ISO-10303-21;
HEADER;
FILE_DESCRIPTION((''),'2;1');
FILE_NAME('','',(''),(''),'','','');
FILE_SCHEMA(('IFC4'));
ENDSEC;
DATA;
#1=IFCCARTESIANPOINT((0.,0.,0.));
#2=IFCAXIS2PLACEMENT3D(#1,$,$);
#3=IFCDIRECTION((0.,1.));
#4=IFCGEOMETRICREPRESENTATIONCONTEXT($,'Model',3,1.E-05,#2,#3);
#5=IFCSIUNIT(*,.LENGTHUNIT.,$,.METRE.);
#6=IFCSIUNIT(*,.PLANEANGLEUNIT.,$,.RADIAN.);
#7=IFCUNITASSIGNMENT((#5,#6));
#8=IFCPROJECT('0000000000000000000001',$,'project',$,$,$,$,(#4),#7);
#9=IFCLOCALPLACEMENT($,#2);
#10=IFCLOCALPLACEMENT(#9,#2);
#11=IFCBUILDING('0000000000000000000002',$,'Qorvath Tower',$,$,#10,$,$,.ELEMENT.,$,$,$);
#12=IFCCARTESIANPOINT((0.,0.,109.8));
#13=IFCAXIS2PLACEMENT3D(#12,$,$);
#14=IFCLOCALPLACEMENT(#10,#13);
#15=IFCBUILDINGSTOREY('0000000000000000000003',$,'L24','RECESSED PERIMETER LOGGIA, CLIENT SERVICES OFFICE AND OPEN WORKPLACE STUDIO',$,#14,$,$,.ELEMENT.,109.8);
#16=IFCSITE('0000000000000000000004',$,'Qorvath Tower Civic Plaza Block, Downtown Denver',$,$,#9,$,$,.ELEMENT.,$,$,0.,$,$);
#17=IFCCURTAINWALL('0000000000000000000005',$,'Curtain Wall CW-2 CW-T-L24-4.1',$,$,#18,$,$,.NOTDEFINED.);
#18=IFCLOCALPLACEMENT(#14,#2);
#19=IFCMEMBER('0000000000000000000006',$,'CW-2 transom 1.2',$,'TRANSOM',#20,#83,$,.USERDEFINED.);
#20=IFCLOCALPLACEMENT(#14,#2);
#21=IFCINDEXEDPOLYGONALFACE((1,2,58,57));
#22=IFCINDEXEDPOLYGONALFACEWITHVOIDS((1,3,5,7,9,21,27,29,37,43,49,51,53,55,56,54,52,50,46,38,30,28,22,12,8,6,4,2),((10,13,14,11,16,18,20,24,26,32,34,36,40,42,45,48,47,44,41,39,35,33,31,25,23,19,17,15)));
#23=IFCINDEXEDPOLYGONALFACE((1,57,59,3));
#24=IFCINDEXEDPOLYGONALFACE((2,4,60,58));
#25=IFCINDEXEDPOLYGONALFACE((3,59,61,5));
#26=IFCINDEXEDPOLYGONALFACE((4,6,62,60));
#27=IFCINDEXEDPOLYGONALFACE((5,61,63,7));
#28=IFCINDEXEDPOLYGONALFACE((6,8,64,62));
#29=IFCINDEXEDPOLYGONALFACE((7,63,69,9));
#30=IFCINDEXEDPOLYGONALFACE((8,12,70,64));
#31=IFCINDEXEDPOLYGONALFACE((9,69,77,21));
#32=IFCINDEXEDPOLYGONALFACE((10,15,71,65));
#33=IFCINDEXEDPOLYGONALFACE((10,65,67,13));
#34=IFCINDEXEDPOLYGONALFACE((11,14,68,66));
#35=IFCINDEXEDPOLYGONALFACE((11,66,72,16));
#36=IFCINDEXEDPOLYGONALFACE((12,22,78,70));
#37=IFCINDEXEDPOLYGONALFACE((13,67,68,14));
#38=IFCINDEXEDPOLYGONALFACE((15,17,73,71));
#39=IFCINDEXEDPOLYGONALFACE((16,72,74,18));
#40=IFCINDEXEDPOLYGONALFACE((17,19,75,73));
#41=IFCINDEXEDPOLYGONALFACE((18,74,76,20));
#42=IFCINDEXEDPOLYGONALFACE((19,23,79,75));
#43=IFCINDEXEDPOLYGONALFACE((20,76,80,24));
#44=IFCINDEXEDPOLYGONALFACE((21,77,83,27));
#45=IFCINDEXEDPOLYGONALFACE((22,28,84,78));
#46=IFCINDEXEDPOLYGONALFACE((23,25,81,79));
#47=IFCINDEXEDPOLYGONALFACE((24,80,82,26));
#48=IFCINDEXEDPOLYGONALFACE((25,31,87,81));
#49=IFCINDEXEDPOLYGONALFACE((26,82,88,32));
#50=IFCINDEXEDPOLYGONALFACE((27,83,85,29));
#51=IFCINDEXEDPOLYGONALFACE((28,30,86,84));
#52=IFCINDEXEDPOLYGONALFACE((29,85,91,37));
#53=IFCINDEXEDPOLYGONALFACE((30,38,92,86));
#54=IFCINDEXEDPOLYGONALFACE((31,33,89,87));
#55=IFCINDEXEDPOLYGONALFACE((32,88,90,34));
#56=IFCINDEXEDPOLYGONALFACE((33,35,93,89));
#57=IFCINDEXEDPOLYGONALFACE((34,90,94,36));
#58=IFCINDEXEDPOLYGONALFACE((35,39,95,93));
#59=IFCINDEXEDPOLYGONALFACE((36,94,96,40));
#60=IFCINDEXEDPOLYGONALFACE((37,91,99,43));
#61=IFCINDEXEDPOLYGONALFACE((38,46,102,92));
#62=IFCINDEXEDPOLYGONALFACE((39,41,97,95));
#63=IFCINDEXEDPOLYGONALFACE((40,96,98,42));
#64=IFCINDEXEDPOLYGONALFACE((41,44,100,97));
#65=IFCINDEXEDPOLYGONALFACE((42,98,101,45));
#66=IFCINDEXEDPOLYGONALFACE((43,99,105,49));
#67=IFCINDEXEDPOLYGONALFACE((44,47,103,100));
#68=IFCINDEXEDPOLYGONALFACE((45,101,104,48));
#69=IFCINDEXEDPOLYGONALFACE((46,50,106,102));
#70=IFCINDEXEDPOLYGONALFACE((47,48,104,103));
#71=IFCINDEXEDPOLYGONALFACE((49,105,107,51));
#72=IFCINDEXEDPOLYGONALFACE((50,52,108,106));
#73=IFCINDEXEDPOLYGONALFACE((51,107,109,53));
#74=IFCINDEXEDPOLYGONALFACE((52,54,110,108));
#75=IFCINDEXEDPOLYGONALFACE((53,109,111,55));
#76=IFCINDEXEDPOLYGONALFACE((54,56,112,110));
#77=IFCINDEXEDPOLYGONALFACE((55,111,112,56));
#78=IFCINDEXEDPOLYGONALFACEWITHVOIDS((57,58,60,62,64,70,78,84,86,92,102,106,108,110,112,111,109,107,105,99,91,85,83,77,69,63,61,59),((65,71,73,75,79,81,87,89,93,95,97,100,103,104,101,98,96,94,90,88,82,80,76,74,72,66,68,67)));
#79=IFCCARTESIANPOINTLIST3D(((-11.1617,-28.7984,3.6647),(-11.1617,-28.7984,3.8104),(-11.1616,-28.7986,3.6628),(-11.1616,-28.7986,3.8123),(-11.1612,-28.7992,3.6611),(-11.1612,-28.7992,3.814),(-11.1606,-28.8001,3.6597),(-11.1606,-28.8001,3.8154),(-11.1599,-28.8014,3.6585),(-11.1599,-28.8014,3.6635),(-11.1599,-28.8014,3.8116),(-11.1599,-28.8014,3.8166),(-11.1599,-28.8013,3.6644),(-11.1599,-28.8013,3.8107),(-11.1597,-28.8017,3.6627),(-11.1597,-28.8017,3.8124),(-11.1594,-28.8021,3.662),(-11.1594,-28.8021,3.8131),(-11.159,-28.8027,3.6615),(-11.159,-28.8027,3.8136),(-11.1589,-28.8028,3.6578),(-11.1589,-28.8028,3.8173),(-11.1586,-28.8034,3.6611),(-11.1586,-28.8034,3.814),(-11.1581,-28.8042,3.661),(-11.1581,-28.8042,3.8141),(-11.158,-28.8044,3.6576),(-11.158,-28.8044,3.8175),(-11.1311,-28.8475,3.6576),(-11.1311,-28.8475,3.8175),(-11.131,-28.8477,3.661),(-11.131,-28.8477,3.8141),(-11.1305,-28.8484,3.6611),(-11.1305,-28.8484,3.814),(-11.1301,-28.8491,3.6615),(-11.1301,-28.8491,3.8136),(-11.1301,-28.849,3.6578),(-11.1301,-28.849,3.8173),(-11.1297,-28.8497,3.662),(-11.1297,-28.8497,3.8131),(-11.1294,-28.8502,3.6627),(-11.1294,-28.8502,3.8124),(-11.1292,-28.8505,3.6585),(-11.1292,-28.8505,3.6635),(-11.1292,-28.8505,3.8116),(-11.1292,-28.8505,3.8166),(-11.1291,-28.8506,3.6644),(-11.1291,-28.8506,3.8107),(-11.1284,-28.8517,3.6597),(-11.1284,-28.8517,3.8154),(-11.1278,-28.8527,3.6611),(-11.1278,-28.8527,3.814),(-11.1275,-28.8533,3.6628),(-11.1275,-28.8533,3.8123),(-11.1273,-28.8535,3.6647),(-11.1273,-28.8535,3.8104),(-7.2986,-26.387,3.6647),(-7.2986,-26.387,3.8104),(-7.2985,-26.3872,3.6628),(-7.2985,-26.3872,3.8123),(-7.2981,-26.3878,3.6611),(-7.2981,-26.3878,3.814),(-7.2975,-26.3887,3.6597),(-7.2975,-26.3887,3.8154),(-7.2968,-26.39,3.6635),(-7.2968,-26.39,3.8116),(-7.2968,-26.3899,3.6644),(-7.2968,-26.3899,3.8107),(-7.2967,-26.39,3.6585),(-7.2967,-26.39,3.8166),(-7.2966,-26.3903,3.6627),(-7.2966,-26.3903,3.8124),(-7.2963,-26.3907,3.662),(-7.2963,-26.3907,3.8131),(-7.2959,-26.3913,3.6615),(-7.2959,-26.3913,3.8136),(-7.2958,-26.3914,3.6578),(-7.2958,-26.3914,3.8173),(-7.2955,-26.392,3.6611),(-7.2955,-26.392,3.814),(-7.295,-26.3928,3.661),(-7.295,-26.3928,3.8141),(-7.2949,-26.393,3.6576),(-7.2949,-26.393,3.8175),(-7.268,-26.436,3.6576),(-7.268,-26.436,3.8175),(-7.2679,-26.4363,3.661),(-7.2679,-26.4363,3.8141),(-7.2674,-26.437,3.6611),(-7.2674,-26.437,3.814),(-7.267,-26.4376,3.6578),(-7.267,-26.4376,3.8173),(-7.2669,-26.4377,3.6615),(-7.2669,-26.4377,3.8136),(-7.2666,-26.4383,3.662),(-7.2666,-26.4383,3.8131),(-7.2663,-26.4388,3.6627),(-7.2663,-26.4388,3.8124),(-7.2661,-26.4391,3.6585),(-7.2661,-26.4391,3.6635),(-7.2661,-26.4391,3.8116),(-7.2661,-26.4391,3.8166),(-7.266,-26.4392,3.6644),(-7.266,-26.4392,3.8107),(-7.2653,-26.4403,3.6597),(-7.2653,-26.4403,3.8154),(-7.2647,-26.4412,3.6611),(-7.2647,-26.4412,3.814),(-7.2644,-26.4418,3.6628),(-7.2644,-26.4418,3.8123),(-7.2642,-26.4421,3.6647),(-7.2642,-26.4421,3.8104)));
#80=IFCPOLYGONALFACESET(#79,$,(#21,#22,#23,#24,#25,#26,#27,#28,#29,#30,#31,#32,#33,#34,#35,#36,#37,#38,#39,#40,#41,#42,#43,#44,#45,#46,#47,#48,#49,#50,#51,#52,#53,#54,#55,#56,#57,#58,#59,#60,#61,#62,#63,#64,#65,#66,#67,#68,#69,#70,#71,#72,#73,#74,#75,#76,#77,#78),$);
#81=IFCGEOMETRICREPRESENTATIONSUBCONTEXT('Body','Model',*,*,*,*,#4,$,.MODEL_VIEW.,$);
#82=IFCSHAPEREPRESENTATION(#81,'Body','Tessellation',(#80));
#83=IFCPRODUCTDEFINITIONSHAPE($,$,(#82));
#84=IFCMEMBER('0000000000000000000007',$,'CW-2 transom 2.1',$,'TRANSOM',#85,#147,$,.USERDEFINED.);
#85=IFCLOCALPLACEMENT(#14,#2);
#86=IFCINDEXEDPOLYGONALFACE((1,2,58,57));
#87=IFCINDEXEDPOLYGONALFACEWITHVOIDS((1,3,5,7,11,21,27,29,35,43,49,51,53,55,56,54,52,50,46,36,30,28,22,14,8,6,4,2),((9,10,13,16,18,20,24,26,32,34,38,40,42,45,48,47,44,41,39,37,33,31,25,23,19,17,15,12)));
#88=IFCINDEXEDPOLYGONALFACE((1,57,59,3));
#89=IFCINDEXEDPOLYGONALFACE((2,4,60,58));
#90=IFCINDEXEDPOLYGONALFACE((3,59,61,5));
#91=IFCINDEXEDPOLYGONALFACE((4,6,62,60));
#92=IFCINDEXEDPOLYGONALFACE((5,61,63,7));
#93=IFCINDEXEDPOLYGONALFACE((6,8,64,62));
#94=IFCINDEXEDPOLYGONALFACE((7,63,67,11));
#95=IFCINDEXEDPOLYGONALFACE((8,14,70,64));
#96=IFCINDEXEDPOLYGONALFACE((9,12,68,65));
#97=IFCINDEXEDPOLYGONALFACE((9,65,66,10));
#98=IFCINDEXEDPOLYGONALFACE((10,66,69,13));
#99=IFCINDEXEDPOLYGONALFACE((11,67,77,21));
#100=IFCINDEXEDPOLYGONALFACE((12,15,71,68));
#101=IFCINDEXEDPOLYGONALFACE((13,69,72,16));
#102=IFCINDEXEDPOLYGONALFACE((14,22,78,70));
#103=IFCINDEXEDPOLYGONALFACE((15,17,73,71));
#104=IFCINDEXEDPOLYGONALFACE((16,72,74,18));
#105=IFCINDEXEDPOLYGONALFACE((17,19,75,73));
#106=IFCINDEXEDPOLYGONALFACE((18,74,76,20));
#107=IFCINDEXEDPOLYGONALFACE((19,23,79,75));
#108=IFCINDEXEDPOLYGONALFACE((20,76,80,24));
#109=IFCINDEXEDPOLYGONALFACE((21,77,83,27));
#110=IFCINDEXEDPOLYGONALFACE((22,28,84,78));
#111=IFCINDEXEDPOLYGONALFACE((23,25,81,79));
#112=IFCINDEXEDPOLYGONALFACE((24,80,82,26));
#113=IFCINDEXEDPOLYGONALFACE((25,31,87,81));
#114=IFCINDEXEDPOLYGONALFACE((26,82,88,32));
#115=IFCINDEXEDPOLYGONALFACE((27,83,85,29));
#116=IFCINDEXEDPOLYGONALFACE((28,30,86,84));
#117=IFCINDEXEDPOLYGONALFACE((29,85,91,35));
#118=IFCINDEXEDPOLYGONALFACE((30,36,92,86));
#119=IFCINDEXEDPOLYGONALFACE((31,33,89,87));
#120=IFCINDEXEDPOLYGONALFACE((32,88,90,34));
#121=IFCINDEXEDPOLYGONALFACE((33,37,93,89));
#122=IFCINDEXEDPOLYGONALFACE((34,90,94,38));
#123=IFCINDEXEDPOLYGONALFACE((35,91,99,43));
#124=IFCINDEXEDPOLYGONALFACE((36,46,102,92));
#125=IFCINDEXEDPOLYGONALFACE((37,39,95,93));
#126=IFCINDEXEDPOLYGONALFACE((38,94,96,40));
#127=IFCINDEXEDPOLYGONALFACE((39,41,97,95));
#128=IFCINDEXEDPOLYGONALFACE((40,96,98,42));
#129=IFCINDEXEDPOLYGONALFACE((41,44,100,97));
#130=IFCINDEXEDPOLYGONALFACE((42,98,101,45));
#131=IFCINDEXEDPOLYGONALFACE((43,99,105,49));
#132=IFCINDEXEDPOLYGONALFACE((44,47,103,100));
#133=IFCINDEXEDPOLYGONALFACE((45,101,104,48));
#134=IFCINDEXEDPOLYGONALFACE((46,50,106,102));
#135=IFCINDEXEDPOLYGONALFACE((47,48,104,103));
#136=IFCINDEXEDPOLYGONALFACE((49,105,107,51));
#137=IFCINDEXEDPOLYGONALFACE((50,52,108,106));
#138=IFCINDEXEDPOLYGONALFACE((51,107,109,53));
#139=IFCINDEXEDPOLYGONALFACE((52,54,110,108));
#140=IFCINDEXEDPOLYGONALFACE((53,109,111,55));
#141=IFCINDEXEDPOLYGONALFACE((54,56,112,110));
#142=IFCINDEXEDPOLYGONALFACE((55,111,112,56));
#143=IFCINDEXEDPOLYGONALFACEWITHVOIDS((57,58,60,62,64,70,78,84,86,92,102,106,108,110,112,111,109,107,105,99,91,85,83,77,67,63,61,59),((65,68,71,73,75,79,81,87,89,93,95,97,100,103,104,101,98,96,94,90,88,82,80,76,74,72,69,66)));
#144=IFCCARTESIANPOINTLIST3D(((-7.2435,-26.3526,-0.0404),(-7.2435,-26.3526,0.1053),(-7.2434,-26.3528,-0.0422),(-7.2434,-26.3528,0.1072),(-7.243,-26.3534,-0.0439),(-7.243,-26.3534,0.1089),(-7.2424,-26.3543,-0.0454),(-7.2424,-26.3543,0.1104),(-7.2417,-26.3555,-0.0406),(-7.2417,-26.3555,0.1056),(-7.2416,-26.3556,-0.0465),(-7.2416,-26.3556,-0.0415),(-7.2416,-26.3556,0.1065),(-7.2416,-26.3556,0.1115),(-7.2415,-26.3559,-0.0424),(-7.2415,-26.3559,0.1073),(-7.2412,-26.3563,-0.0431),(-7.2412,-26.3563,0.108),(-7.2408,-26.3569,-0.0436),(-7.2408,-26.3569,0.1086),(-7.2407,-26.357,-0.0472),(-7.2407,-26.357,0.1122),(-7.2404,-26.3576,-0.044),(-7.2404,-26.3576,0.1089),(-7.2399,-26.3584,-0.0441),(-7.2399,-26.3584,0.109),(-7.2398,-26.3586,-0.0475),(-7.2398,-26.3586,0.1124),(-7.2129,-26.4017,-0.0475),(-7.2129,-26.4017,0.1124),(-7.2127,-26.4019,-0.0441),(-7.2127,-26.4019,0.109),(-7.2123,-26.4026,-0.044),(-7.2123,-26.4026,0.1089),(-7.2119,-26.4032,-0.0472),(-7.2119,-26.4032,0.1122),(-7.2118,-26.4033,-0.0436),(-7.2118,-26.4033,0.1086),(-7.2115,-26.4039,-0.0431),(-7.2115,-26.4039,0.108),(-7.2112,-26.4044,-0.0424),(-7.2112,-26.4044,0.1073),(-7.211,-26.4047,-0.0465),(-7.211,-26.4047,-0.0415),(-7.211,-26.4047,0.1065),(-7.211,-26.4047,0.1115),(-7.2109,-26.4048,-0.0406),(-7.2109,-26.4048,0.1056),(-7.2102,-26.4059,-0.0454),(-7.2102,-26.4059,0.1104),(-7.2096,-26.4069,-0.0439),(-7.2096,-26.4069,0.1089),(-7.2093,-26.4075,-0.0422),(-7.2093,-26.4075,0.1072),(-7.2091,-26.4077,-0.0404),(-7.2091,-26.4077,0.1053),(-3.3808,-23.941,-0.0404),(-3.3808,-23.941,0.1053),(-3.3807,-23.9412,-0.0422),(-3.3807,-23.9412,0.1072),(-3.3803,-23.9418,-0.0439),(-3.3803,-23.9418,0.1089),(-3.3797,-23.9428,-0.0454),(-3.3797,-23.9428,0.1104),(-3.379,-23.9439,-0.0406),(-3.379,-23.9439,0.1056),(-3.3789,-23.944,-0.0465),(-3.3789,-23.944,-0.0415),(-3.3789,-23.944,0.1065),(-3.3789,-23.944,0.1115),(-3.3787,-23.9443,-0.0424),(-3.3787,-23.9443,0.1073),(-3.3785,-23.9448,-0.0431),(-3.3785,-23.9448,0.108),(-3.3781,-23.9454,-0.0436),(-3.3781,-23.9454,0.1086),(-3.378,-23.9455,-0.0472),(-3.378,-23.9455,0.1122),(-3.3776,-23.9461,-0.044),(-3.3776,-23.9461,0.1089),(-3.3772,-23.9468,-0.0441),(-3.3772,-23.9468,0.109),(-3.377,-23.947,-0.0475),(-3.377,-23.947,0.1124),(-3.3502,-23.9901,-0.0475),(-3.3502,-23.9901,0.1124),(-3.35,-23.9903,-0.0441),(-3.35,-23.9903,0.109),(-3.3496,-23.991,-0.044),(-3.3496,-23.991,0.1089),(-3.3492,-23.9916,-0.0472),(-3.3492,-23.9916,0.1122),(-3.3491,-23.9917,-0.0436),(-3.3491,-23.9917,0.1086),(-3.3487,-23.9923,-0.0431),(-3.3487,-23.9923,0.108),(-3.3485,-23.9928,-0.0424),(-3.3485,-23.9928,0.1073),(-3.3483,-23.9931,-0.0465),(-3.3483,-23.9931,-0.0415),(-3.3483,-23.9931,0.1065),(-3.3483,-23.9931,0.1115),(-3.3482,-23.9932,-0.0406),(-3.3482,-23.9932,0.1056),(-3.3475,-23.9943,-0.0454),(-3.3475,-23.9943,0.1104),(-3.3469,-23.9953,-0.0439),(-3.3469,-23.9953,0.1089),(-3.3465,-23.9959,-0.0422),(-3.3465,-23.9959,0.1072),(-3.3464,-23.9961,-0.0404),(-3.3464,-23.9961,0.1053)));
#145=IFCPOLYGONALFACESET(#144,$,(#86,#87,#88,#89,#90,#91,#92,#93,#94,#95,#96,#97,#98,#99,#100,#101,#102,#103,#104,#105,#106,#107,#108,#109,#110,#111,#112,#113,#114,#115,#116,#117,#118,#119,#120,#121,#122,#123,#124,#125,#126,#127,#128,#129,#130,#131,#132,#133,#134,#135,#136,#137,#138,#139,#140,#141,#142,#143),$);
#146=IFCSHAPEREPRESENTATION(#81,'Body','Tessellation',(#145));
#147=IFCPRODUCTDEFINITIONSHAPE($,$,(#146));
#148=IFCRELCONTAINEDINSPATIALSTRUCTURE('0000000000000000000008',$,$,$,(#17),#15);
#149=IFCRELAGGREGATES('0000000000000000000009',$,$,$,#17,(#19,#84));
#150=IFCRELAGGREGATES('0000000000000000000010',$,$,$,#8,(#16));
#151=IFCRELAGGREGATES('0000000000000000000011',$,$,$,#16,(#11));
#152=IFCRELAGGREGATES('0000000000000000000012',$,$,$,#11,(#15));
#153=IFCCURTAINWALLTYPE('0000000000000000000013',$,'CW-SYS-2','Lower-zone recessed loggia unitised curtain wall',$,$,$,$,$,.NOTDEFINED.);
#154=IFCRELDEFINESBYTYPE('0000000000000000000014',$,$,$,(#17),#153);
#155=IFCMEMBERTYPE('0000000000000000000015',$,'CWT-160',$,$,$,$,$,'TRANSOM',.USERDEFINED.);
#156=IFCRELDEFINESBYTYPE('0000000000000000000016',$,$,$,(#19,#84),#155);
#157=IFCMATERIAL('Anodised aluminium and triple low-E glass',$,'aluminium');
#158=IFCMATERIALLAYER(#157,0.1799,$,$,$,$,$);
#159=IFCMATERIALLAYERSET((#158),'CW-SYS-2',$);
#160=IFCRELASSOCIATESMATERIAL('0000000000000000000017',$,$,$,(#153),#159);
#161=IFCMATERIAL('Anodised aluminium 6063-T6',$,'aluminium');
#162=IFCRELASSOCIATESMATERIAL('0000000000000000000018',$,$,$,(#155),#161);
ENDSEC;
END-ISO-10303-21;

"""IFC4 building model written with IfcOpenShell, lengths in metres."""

from ifc_helpers import new_model, si_unit, direction, frame, origin, origin_2d, place, context, subcontext, project, spatial, hollow_rectangle, extrude, material, layer, layer_set, material_profile, profile_set, type_object, element, aggregate, save


model = new_model("IFC4")

# Units and contexts
model_context = context("Model", 3, precision=1e-05, world=origin(), true_north=direction((0.0, 1.0)))
body_context = subcontext(model_context, "Body", "Model", "MODEL_VIEW")
ifc_project = project(units=[si_unit("LENGTHUNIT", "METRE"), si_unit("PLANEANGLEUNIT", "RADIAN")], contexts=[model_context])

# Site, building, storey
site_placement = place(None, origin())
site = spatial("IfcSite", under=ifc_project, at=site_placement, Name="Qorvath Tower Civic Plaza Block, Downtown Denver", CompositionType="ELEMENT", RefElevation=0.0)
building_placement = place(site_placement, origin())
building = spatial("IfcBuilding", under=site, at=building_placement, Name="Qorvath Tower", CompositionType="ELEMENT")
storey_placement = place(building_placement, frame((0.0, 0.0, 109.8)))
storey = spatial("IfcBuildingStorey", under=building, at=storey_placement, Name="L24", Description="RECESSED PERIMETER LOGGIA, CLIENT SERVICES OFFICE AND OPEN WORKPLACE STUDIO", CompositionType="ELEMENT", Elevation=109.8)

# Shared definitions
ifc_material_1 = material(Name="Anodised aluminium and triple low-E glass", Category="aluminium")
ifc_layer_1 = layer(ifc_material_1, 0.1799)
ifc_layer_set_1 = layer_set([ifc_layer_1], Name="CW-SYS-2")
curtain_wall_type = type_object("IfcCurtainWallType", Name="CW-SYS-2", Description="Lower-zone recessed loggia unitised curtain wall", PredefinedType="NOTDEFINED", material=ifc_layer_set_1)

# Curtain wall
curtain_wall_1_placement = place(storey_placement, origin())
curtain_wall_1 = element("IfcCurtainWall", 1, at=curtain_wall_1_placement, inside=storey, type_object=curtain_wall_type, Name="Curtain Wall CW-2 CW-T-L24-4.1", PredefinedType="NOTDEFINED")

# Members
ifc_material_2 = material(Name="Anodised aluminium 6063-T6", Category="aluminium")
ifc_material_profile_1 = material_profile(ifc_material_2, hollow_rectangle(XDim=0.0649, YDim=0.1599, WallThickness=0.0034, InnerFilletRadius=0.0034, OuterFilletRadius=0.0071, at=origin_2d()), Name="CWT 160x65")
ifc_profile_set_1 = profile_set([ifc_material_profile_1], Name="Anodised aluminium 6063-T6")
member_type_1 = type_object("IfcMemberType", Name="CWT-160", ElementType="TRANSOM", PredefinedType="USERDEFINED", material=ifc_profile_set_1)
member_1_placement = place(storey_placement, frame((-11.1445, -28.8259, 3.7375), z_axis=(0.848296, 0.529522, 0.0), x_axis=(-0.529522, 0.848296, 0.0)))
member_1 = element("IfcMember", 2, at=member_1_placement, type_object=member_type_1, Name="CW-2 transom 1.2", ObjectType="TRANSOM", PredefinedType="USERDEFINED", context=body_context, shape_type="SweptSolid", body=[
    extrude(hollow_rectangle(XDim=0.0649, YDim=0.1599, WallThickness=0.0034, InnerFilletRadius=0.0034, OuterFilletRadius=0.0071, at=origin_2d()), origin(), (0.0, 0.0, 1.0), 4.554),
])
member_2_placement = place(storey_placement, frame((-7.2263, -26.3801, 0.0325), z_axis=(0.848257, 0.529584, 0.0), x_axis=(-0.529584, 0.848257, 0.0)))
member_2 = element("IfcMember", 3, at=member_2_placement, type_object=member_type_1, Name="CW-2 transom 2.1", ObjectType="TRANSOM", PredefinedType="USERDEFINED", context=body_context, shape_type="SweptSolid", body=[
    extrude(hollow_rectangle(XDim=0.0649, YDim=0.1599, WallThickness=0.0034, InnerFilletRadius=0.0034, OuterFilletRadius=0.0071, at=origin_2d()), origin(), (0.0, 0.0, 1.0), 4.5537),
])

aggregate(curtain_wall_1, [member_1, member_2])

save(model, "model.ifc")
